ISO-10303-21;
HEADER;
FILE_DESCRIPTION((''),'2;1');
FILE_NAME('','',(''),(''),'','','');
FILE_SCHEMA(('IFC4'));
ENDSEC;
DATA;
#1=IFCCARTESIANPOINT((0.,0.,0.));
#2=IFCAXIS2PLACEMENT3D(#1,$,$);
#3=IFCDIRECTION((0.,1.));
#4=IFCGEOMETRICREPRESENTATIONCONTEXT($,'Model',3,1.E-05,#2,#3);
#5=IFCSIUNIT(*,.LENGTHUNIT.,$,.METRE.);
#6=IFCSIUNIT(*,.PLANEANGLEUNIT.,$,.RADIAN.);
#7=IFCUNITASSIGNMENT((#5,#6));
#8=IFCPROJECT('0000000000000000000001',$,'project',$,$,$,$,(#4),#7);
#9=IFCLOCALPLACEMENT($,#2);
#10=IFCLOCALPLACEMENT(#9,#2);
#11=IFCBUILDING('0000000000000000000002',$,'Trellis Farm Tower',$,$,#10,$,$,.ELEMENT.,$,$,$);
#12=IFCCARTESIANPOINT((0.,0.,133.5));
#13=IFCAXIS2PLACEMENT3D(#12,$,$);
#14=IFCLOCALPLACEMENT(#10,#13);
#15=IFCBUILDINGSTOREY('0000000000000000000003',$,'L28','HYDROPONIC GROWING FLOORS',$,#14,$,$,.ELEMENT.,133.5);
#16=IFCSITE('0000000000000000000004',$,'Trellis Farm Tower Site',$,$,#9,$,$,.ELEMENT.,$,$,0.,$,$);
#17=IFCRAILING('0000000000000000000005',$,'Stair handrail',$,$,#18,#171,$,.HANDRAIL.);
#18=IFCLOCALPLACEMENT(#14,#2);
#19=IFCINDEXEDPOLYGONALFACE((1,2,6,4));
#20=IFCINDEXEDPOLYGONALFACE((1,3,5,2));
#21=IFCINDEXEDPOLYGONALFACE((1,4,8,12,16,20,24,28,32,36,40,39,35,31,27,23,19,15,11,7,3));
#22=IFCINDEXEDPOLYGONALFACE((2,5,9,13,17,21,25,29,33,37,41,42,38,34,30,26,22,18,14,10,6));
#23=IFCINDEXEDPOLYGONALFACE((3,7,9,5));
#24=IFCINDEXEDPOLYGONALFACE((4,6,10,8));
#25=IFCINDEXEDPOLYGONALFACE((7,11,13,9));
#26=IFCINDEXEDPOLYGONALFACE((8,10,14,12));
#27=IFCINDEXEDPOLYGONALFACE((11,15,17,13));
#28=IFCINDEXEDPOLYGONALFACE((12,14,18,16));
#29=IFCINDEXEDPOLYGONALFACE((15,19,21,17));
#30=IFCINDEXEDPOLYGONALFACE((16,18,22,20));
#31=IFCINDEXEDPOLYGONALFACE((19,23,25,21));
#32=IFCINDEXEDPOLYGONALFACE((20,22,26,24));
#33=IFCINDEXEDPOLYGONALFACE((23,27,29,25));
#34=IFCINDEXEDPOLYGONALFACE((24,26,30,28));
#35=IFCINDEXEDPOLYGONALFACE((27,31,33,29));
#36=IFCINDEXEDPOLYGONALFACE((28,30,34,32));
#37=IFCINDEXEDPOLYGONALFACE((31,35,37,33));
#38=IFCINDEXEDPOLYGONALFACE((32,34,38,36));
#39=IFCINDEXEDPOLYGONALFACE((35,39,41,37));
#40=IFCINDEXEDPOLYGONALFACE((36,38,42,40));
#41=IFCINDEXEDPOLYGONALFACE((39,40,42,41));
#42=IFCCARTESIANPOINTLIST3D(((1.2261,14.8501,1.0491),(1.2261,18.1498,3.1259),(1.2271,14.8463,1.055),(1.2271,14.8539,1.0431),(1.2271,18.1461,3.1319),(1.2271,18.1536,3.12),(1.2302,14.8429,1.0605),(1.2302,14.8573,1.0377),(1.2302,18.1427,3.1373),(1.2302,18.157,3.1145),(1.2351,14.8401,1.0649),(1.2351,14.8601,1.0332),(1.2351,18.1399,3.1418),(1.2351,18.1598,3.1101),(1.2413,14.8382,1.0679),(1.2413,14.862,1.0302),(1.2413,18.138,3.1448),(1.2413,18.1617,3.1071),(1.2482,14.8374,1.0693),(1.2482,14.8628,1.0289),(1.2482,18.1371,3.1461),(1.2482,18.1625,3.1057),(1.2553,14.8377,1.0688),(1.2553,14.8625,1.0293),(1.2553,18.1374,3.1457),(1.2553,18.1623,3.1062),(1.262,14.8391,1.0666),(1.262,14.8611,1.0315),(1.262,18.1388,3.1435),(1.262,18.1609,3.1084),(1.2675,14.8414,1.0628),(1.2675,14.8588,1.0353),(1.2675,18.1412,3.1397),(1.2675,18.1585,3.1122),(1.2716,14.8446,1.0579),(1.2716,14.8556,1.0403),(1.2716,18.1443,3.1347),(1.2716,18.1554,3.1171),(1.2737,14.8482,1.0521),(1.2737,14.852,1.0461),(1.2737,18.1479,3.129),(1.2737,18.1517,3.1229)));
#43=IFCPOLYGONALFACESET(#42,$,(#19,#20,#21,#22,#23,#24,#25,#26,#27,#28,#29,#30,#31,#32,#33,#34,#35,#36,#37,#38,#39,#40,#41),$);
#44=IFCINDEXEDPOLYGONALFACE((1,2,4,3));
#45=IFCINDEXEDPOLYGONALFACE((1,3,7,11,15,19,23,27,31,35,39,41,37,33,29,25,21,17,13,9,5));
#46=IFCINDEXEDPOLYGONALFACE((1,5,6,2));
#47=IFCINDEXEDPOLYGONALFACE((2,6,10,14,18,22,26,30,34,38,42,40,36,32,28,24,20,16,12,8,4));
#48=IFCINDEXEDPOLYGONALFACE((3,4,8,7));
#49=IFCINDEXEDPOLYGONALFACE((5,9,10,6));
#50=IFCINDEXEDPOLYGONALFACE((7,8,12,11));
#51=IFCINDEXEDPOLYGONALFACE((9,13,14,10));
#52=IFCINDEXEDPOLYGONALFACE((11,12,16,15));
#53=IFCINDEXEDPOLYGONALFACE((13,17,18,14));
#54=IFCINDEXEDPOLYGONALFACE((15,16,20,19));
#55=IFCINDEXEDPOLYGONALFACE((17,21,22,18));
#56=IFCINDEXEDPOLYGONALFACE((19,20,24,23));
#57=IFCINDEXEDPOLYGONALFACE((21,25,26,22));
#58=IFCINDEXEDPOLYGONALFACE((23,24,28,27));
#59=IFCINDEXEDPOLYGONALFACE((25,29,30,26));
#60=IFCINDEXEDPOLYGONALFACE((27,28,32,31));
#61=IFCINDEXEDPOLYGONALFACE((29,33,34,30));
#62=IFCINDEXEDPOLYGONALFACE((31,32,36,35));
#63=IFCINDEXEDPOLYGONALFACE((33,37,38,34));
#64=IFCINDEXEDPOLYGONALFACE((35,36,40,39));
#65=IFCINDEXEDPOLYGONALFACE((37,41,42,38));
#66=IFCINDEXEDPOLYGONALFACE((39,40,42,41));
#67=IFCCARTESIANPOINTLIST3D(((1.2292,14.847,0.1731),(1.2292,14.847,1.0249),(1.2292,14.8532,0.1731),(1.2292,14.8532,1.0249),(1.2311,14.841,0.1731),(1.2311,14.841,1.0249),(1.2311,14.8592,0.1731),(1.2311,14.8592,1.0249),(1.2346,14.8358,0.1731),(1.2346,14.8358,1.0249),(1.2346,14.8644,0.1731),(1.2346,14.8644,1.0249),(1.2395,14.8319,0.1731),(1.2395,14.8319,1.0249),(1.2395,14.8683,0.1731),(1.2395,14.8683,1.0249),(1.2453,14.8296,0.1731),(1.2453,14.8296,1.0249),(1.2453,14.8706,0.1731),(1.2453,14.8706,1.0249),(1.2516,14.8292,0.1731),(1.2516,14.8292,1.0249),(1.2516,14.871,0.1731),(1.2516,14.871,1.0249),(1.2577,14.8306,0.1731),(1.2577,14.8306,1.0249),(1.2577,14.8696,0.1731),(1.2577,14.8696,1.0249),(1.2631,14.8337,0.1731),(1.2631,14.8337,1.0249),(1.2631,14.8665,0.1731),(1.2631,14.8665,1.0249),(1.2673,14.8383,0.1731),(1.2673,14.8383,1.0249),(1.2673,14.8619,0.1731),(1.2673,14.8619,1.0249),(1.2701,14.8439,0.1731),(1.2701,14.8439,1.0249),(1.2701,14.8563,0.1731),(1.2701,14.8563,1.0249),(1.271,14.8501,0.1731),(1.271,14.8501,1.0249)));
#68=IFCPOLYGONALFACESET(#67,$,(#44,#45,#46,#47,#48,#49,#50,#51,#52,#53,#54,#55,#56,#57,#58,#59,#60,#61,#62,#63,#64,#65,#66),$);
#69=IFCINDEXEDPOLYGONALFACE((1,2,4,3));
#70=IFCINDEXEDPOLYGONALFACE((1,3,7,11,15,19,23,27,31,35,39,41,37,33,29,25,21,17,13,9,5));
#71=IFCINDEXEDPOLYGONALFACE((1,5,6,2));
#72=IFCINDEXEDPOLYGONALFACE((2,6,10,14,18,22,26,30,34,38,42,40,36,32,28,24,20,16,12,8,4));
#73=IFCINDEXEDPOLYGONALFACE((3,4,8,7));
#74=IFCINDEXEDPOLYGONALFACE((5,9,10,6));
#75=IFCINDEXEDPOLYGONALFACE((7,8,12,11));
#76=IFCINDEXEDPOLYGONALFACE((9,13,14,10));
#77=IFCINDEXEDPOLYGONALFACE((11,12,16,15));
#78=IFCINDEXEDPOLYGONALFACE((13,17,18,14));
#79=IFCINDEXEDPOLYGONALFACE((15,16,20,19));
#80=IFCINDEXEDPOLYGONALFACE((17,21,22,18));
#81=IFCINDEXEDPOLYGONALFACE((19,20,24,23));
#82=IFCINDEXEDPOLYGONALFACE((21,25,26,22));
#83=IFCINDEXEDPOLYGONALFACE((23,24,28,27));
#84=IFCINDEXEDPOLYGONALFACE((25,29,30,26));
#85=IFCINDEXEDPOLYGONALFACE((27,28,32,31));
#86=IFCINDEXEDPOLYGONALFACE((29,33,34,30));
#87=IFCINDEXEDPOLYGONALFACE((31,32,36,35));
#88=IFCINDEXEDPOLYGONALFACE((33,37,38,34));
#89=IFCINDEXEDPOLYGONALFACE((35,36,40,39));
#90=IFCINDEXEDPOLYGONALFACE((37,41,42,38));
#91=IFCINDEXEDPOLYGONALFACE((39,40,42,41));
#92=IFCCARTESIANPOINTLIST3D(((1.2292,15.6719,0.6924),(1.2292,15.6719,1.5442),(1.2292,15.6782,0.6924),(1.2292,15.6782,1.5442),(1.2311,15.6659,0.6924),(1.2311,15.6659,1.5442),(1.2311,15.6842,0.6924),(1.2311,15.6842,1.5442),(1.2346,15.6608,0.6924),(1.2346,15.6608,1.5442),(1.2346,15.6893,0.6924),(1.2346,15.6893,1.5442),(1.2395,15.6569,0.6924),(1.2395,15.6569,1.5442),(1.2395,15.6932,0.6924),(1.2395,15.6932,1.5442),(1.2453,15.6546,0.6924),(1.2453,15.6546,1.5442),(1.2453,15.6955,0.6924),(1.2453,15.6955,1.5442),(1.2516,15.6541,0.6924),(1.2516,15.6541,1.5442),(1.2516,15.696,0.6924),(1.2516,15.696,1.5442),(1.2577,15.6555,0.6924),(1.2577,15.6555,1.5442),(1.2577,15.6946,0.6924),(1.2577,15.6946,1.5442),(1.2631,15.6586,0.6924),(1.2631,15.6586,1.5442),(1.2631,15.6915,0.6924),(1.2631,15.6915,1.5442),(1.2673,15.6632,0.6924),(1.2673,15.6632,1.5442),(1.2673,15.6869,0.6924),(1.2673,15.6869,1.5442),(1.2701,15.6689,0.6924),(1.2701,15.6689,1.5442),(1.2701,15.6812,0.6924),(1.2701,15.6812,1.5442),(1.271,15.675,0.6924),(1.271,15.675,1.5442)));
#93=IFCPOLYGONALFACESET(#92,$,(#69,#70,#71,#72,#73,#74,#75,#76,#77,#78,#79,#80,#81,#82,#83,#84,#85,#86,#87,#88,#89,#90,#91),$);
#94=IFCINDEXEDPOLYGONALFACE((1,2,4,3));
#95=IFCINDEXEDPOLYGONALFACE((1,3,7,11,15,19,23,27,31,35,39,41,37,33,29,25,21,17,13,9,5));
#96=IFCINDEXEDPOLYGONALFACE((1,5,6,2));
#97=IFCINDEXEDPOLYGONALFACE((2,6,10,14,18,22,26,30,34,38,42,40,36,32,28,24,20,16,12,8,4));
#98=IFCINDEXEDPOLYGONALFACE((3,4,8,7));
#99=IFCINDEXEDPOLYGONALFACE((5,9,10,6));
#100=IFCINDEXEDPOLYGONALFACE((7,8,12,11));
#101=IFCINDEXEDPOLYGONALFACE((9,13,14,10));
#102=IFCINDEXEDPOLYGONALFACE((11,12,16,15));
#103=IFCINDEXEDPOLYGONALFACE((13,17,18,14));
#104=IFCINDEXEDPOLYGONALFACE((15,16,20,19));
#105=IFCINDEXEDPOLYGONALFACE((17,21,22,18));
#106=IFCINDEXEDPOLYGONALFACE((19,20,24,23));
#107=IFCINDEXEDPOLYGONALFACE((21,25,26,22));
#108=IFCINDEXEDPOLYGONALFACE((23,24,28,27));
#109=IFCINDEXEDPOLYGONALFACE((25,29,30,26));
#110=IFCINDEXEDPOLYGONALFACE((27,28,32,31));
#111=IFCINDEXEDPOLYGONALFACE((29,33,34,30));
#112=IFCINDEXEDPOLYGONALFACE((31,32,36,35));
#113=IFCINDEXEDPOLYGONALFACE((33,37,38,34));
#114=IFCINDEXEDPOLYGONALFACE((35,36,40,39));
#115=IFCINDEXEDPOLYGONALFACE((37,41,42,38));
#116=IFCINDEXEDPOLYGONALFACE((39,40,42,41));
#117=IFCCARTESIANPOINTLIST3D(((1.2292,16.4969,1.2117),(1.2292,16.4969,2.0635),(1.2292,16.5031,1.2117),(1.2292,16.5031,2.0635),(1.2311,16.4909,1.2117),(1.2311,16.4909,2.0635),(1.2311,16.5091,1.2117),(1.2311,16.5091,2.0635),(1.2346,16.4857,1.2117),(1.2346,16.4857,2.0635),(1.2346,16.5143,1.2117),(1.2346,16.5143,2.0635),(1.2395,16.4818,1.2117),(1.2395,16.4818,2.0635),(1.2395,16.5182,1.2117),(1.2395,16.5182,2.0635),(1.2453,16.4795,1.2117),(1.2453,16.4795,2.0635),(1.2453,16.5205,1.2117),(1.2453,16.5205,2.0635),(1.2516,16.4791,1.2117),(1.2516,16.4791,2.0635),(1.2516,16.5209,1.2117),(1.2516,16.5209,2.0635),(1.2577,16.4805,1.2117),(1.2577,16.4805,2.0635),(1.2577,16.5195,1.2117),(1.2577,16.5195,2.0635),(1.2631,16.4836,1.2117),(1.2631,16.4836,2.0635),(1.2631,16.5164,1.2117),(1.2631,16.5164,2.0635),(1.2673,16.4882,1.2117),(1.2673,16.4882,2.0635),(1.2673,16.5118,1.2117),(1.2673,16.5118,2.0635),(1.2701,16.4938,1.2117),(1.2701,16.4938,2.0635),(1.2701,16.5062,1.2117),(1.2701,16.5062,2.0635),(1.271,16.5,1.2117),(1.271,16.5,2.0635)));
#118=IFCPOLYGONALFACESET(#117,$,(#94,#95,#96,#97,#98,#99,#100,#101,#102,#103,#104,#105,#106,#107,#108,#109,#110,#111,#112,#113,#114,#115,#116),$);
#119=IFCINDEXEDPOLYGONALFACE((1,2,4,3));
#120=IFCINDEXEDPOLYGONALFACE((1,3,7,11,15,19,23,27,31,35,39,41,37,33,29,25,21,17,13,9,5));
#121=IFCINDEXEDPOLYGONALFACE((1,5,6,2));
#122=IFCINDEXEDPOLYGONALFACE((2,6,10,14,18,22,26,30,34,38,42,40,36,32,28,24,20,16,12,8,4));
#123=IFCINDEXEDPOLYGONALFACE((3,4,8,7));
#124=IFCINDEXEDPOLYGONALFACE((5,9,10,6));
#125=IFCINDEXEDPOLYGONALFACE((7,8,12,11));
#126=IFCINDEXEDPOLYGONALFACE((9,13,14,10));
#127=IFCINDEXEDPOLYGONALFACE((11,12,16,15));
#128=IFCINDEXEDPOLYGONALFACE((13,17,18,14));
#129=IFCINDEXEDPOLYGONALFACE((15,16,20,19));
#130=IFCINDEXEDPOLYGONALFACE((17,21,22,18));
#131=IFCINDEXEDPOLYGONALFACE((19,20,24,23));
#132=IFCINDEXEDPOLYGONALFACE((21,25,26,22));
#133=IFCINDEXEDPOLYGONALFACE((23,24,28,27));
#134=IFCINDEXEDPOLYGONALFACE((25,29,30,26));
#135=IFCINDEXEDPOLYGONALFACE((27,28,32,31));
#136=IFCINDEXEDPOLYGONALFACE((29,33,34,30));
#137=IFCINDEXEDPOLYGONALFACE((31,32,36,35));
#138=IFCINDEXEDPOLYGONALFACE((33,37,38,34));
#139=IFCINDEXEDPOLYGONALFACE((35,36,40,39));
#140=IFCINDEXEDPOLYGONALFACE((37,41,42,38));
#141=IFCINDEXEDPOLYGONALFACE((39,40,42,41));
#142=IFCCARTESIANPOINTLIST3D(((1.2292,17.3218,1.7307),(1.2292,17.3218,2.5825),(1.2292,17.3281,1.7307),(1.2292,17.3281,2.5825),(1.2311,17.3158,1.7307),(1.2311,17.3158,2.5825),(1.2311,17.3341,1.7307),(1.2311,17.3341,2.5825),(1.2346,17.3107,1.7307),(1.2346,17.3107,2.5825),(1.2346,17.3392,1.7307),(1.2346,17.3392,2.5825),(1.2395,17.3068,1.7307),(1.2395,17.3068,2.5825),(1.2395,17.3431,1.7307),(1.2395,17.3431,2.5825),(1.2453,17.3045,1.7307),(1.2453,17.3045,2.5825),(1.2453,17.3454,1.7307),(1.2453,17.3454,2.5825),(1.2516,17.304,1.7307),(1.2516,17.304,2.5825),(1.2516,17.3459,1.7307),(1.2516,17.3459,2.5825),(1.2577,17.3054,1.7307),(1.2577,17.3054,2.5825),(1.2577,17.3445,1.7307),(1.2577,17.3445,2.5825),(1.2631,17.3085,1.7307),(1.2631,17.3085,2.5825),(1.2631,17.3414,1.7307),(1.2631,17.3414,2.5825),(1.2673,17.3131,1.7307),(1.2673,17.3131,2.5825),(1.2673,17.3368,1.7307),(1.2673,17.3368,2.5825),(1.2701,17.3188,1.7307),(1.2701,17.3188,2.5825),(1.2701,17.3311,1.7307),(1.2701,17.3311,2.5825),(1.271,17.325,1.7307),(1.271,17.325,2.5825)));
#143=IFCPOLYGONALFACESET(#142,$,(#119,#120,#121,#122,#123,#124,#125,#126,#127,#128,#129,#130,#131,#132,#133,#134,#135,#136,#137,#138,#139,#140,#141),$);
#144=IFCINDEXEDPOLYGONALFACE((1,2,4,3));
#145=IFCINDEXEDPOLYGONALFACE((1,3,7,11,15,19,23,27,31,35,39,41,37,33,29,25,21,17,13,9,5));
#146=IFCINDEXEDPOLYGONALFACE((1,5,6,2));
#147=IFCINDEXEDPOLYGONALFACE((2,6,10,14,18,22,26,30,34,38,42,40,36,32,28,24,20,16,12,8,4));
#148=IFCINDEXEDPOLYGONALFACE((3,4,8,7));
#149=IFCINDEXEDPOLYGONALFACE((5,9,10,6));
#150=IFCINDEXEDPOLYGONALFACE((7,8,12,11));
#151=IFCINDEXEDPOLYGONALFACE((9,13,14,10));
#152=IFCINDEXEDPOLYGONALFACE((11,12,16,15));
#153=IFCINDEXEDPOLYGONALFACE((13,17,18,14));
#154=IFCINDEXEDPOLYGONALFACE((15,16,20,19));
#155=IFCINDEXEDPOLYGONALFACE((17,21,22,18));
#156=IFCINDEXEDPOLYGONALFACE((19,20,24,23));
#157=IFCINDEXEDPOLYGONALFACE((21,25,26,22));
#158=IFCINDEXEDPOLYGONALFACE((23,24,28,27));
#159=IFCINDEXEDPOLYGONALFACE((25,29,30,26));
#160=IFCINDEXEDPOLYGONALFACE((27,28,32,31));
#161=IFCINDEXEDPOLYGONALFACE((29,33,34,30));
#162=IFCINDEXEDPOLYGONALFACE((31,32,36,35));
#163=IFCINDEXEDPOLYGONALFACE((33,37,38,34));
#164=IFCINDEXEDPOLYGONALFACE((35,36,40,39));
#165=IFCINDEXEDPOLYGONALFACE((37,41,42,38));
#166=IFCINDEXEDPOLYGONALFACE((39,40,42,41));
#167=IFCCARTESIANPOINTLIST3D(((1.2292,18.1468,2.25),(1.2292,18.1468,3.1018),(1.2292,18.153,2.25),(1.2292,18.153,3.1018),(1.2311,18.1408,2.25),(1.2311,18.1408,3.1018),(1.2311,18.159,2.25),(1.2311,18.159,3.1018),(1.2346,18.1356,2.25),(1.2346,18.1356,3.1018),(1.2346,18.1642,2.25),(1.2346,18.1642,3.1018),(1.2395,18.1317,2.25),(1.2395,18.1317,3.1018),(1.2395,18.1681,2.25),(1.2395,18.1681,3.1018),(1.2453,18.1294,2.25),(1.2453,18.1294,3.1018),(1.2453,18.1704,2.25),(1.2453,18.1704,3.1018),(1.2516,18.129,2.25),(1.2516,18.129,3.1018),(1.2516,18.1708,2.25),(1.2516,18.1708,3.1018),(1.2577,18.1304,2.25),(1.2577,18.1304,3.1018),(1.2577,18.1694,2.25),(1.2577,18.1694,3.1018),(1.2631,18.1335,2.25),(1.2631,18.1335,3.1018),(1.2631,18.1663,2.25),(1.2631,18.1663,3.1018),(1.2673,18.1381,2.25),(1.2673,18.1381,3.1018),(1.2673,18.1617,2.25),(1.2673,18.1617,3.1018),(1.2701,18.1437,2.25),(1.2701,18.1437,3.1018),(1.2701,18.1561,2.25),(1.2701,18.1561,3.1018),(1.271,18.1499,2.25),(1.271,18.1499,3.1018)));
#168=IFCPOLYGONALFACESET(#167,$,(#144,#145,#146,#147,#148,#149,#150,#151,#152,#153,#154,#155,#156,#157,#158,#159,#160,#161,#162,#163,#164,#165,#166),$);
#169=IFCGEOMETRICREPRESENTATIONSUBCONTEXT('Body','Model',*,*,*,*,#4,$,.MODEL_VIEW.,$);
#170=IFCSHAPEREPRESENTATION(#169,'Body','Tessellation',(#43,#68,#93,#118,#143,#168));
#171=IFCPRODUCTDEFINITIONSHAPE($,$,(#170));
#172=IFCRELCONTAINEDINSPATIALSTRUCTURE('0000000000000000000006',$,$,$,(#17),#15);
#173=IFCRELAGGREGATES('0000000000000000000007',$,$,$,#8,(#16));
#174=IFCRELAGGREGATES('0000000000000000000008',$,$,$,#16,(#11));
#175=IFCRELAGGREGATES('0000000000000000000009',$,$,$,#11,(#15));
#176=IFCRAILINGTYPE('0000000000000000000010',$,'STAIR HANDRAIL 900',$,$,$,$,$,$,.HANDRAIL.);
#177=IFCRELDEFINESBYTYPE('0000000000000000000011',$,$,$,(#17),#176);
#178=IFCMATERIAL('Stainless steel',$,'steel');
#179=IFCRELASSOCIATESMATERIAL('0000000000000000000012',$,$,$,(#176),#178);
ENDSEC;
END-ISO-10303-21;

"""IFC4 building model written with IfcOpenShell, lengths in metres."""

from ifc_helpers import new_model, si_unit, direction, frame, origin, origin_2d, place, context, subcontext, project, spatial, circle, extrude, source, transform, mapped, material, type_object, element, save


model = new_model("IFC4")

# Units and contexts
model_context = context("Model", 3, precision=1e-05, world=origin(), true_north=direction((0.0, 1.0)))
body_context = subcontext(model_context, "Body", "Model", "MODEL_VIEW")
ifc_project = project(units=[si_unit("LENGTHUNIT", "METRE"), si_unit("PLANEANGLEUNIT", "RADIAN")], contexts=[model_context])

# Site, building, storey
site_placement = place(None, origin())
site = spatial("IfcSite", under=ifc_project, at=site_placement, Name="Trellis Farm Tower Site", CompositionType="ELEMENT", RefElevation=0.0)
building_placement = place(site_placement, origin())
building = spatial("IfcBuilding", under=site, at=building_placement, Name="Trellis Farm Tower", CompositionType="ELEMENT")
storey_placement = place(building_placement, frame((0.0, 0.0, 133.5)))
storey = spatial("IfcBuildingStorey", under=building, at=storey_placement, Name="L28", Description="HYDROPONIC GROWING FLOORS", CompositionType="ELEMENT", Elevation=133.5)

# Railing
ifc_material_1 = material(Name="Stainless steel", Category="steel")
railing_type = type_object("IfcRailingType", Name="STAIR HANDRAIL 900", PredefinedType="HANDRAIL", material=ifc_material_1)
shared_shape_1 = source(origin(), body_context, "Body", "SweptSolid", [
    extrude(circle(Radius=0.0239, at=origin_2d()), frame((0.0, 0.0, 0.876), z_axis=(0.0, 0.84632, 0.532675), x_axis=(-1.0, 0.0, 0.0)), (0.0, 0.0, 1.0), 3.8989),
    extrude(circle(Radius=0.021, at=origin_2d()), origin(), (0.0, 0.0, 1.0), 0.8518),
    extrude(circle(Radius=0.021, at=origin_2d()), frame((0.0, 0.825, 0.5193)), (0.0, 0.0, 1.0), 0.8518),
    extrude(circle(Radius=0.021, at=origin_2d()), frame((0.0, 1.6499, 1.0386)), (0.0, 0.0, 1.0), 0.8518),
    extrude(circle(Radius=0.021, at=origin_2d()), frame((0.0, 2.4749, 1.5576)), (0.0, 0.0, 1.0), 0.8518),
    extrude(circle(Radius=0.021, at=origin_2d()), frame((0.0, 3.2998, 2.0769)), (0.0, 0.0, 1.0), 0.8518),
])
railing_placement = place(storey_placement, frame((1.25, 14.8501, 0.1731)))
element("IfcRailing", 1, at=railing_placement, inside=storey, type_object=railing_type, Name="Stair handrail", PredefinedType="HANDRAIL", context=body_context, shape_type="MappedRepresentation", body=[
    mapped(shared_shape_1, transform((0.0, 0.0, 0.0))),
])

save(model, "model.ifc")
